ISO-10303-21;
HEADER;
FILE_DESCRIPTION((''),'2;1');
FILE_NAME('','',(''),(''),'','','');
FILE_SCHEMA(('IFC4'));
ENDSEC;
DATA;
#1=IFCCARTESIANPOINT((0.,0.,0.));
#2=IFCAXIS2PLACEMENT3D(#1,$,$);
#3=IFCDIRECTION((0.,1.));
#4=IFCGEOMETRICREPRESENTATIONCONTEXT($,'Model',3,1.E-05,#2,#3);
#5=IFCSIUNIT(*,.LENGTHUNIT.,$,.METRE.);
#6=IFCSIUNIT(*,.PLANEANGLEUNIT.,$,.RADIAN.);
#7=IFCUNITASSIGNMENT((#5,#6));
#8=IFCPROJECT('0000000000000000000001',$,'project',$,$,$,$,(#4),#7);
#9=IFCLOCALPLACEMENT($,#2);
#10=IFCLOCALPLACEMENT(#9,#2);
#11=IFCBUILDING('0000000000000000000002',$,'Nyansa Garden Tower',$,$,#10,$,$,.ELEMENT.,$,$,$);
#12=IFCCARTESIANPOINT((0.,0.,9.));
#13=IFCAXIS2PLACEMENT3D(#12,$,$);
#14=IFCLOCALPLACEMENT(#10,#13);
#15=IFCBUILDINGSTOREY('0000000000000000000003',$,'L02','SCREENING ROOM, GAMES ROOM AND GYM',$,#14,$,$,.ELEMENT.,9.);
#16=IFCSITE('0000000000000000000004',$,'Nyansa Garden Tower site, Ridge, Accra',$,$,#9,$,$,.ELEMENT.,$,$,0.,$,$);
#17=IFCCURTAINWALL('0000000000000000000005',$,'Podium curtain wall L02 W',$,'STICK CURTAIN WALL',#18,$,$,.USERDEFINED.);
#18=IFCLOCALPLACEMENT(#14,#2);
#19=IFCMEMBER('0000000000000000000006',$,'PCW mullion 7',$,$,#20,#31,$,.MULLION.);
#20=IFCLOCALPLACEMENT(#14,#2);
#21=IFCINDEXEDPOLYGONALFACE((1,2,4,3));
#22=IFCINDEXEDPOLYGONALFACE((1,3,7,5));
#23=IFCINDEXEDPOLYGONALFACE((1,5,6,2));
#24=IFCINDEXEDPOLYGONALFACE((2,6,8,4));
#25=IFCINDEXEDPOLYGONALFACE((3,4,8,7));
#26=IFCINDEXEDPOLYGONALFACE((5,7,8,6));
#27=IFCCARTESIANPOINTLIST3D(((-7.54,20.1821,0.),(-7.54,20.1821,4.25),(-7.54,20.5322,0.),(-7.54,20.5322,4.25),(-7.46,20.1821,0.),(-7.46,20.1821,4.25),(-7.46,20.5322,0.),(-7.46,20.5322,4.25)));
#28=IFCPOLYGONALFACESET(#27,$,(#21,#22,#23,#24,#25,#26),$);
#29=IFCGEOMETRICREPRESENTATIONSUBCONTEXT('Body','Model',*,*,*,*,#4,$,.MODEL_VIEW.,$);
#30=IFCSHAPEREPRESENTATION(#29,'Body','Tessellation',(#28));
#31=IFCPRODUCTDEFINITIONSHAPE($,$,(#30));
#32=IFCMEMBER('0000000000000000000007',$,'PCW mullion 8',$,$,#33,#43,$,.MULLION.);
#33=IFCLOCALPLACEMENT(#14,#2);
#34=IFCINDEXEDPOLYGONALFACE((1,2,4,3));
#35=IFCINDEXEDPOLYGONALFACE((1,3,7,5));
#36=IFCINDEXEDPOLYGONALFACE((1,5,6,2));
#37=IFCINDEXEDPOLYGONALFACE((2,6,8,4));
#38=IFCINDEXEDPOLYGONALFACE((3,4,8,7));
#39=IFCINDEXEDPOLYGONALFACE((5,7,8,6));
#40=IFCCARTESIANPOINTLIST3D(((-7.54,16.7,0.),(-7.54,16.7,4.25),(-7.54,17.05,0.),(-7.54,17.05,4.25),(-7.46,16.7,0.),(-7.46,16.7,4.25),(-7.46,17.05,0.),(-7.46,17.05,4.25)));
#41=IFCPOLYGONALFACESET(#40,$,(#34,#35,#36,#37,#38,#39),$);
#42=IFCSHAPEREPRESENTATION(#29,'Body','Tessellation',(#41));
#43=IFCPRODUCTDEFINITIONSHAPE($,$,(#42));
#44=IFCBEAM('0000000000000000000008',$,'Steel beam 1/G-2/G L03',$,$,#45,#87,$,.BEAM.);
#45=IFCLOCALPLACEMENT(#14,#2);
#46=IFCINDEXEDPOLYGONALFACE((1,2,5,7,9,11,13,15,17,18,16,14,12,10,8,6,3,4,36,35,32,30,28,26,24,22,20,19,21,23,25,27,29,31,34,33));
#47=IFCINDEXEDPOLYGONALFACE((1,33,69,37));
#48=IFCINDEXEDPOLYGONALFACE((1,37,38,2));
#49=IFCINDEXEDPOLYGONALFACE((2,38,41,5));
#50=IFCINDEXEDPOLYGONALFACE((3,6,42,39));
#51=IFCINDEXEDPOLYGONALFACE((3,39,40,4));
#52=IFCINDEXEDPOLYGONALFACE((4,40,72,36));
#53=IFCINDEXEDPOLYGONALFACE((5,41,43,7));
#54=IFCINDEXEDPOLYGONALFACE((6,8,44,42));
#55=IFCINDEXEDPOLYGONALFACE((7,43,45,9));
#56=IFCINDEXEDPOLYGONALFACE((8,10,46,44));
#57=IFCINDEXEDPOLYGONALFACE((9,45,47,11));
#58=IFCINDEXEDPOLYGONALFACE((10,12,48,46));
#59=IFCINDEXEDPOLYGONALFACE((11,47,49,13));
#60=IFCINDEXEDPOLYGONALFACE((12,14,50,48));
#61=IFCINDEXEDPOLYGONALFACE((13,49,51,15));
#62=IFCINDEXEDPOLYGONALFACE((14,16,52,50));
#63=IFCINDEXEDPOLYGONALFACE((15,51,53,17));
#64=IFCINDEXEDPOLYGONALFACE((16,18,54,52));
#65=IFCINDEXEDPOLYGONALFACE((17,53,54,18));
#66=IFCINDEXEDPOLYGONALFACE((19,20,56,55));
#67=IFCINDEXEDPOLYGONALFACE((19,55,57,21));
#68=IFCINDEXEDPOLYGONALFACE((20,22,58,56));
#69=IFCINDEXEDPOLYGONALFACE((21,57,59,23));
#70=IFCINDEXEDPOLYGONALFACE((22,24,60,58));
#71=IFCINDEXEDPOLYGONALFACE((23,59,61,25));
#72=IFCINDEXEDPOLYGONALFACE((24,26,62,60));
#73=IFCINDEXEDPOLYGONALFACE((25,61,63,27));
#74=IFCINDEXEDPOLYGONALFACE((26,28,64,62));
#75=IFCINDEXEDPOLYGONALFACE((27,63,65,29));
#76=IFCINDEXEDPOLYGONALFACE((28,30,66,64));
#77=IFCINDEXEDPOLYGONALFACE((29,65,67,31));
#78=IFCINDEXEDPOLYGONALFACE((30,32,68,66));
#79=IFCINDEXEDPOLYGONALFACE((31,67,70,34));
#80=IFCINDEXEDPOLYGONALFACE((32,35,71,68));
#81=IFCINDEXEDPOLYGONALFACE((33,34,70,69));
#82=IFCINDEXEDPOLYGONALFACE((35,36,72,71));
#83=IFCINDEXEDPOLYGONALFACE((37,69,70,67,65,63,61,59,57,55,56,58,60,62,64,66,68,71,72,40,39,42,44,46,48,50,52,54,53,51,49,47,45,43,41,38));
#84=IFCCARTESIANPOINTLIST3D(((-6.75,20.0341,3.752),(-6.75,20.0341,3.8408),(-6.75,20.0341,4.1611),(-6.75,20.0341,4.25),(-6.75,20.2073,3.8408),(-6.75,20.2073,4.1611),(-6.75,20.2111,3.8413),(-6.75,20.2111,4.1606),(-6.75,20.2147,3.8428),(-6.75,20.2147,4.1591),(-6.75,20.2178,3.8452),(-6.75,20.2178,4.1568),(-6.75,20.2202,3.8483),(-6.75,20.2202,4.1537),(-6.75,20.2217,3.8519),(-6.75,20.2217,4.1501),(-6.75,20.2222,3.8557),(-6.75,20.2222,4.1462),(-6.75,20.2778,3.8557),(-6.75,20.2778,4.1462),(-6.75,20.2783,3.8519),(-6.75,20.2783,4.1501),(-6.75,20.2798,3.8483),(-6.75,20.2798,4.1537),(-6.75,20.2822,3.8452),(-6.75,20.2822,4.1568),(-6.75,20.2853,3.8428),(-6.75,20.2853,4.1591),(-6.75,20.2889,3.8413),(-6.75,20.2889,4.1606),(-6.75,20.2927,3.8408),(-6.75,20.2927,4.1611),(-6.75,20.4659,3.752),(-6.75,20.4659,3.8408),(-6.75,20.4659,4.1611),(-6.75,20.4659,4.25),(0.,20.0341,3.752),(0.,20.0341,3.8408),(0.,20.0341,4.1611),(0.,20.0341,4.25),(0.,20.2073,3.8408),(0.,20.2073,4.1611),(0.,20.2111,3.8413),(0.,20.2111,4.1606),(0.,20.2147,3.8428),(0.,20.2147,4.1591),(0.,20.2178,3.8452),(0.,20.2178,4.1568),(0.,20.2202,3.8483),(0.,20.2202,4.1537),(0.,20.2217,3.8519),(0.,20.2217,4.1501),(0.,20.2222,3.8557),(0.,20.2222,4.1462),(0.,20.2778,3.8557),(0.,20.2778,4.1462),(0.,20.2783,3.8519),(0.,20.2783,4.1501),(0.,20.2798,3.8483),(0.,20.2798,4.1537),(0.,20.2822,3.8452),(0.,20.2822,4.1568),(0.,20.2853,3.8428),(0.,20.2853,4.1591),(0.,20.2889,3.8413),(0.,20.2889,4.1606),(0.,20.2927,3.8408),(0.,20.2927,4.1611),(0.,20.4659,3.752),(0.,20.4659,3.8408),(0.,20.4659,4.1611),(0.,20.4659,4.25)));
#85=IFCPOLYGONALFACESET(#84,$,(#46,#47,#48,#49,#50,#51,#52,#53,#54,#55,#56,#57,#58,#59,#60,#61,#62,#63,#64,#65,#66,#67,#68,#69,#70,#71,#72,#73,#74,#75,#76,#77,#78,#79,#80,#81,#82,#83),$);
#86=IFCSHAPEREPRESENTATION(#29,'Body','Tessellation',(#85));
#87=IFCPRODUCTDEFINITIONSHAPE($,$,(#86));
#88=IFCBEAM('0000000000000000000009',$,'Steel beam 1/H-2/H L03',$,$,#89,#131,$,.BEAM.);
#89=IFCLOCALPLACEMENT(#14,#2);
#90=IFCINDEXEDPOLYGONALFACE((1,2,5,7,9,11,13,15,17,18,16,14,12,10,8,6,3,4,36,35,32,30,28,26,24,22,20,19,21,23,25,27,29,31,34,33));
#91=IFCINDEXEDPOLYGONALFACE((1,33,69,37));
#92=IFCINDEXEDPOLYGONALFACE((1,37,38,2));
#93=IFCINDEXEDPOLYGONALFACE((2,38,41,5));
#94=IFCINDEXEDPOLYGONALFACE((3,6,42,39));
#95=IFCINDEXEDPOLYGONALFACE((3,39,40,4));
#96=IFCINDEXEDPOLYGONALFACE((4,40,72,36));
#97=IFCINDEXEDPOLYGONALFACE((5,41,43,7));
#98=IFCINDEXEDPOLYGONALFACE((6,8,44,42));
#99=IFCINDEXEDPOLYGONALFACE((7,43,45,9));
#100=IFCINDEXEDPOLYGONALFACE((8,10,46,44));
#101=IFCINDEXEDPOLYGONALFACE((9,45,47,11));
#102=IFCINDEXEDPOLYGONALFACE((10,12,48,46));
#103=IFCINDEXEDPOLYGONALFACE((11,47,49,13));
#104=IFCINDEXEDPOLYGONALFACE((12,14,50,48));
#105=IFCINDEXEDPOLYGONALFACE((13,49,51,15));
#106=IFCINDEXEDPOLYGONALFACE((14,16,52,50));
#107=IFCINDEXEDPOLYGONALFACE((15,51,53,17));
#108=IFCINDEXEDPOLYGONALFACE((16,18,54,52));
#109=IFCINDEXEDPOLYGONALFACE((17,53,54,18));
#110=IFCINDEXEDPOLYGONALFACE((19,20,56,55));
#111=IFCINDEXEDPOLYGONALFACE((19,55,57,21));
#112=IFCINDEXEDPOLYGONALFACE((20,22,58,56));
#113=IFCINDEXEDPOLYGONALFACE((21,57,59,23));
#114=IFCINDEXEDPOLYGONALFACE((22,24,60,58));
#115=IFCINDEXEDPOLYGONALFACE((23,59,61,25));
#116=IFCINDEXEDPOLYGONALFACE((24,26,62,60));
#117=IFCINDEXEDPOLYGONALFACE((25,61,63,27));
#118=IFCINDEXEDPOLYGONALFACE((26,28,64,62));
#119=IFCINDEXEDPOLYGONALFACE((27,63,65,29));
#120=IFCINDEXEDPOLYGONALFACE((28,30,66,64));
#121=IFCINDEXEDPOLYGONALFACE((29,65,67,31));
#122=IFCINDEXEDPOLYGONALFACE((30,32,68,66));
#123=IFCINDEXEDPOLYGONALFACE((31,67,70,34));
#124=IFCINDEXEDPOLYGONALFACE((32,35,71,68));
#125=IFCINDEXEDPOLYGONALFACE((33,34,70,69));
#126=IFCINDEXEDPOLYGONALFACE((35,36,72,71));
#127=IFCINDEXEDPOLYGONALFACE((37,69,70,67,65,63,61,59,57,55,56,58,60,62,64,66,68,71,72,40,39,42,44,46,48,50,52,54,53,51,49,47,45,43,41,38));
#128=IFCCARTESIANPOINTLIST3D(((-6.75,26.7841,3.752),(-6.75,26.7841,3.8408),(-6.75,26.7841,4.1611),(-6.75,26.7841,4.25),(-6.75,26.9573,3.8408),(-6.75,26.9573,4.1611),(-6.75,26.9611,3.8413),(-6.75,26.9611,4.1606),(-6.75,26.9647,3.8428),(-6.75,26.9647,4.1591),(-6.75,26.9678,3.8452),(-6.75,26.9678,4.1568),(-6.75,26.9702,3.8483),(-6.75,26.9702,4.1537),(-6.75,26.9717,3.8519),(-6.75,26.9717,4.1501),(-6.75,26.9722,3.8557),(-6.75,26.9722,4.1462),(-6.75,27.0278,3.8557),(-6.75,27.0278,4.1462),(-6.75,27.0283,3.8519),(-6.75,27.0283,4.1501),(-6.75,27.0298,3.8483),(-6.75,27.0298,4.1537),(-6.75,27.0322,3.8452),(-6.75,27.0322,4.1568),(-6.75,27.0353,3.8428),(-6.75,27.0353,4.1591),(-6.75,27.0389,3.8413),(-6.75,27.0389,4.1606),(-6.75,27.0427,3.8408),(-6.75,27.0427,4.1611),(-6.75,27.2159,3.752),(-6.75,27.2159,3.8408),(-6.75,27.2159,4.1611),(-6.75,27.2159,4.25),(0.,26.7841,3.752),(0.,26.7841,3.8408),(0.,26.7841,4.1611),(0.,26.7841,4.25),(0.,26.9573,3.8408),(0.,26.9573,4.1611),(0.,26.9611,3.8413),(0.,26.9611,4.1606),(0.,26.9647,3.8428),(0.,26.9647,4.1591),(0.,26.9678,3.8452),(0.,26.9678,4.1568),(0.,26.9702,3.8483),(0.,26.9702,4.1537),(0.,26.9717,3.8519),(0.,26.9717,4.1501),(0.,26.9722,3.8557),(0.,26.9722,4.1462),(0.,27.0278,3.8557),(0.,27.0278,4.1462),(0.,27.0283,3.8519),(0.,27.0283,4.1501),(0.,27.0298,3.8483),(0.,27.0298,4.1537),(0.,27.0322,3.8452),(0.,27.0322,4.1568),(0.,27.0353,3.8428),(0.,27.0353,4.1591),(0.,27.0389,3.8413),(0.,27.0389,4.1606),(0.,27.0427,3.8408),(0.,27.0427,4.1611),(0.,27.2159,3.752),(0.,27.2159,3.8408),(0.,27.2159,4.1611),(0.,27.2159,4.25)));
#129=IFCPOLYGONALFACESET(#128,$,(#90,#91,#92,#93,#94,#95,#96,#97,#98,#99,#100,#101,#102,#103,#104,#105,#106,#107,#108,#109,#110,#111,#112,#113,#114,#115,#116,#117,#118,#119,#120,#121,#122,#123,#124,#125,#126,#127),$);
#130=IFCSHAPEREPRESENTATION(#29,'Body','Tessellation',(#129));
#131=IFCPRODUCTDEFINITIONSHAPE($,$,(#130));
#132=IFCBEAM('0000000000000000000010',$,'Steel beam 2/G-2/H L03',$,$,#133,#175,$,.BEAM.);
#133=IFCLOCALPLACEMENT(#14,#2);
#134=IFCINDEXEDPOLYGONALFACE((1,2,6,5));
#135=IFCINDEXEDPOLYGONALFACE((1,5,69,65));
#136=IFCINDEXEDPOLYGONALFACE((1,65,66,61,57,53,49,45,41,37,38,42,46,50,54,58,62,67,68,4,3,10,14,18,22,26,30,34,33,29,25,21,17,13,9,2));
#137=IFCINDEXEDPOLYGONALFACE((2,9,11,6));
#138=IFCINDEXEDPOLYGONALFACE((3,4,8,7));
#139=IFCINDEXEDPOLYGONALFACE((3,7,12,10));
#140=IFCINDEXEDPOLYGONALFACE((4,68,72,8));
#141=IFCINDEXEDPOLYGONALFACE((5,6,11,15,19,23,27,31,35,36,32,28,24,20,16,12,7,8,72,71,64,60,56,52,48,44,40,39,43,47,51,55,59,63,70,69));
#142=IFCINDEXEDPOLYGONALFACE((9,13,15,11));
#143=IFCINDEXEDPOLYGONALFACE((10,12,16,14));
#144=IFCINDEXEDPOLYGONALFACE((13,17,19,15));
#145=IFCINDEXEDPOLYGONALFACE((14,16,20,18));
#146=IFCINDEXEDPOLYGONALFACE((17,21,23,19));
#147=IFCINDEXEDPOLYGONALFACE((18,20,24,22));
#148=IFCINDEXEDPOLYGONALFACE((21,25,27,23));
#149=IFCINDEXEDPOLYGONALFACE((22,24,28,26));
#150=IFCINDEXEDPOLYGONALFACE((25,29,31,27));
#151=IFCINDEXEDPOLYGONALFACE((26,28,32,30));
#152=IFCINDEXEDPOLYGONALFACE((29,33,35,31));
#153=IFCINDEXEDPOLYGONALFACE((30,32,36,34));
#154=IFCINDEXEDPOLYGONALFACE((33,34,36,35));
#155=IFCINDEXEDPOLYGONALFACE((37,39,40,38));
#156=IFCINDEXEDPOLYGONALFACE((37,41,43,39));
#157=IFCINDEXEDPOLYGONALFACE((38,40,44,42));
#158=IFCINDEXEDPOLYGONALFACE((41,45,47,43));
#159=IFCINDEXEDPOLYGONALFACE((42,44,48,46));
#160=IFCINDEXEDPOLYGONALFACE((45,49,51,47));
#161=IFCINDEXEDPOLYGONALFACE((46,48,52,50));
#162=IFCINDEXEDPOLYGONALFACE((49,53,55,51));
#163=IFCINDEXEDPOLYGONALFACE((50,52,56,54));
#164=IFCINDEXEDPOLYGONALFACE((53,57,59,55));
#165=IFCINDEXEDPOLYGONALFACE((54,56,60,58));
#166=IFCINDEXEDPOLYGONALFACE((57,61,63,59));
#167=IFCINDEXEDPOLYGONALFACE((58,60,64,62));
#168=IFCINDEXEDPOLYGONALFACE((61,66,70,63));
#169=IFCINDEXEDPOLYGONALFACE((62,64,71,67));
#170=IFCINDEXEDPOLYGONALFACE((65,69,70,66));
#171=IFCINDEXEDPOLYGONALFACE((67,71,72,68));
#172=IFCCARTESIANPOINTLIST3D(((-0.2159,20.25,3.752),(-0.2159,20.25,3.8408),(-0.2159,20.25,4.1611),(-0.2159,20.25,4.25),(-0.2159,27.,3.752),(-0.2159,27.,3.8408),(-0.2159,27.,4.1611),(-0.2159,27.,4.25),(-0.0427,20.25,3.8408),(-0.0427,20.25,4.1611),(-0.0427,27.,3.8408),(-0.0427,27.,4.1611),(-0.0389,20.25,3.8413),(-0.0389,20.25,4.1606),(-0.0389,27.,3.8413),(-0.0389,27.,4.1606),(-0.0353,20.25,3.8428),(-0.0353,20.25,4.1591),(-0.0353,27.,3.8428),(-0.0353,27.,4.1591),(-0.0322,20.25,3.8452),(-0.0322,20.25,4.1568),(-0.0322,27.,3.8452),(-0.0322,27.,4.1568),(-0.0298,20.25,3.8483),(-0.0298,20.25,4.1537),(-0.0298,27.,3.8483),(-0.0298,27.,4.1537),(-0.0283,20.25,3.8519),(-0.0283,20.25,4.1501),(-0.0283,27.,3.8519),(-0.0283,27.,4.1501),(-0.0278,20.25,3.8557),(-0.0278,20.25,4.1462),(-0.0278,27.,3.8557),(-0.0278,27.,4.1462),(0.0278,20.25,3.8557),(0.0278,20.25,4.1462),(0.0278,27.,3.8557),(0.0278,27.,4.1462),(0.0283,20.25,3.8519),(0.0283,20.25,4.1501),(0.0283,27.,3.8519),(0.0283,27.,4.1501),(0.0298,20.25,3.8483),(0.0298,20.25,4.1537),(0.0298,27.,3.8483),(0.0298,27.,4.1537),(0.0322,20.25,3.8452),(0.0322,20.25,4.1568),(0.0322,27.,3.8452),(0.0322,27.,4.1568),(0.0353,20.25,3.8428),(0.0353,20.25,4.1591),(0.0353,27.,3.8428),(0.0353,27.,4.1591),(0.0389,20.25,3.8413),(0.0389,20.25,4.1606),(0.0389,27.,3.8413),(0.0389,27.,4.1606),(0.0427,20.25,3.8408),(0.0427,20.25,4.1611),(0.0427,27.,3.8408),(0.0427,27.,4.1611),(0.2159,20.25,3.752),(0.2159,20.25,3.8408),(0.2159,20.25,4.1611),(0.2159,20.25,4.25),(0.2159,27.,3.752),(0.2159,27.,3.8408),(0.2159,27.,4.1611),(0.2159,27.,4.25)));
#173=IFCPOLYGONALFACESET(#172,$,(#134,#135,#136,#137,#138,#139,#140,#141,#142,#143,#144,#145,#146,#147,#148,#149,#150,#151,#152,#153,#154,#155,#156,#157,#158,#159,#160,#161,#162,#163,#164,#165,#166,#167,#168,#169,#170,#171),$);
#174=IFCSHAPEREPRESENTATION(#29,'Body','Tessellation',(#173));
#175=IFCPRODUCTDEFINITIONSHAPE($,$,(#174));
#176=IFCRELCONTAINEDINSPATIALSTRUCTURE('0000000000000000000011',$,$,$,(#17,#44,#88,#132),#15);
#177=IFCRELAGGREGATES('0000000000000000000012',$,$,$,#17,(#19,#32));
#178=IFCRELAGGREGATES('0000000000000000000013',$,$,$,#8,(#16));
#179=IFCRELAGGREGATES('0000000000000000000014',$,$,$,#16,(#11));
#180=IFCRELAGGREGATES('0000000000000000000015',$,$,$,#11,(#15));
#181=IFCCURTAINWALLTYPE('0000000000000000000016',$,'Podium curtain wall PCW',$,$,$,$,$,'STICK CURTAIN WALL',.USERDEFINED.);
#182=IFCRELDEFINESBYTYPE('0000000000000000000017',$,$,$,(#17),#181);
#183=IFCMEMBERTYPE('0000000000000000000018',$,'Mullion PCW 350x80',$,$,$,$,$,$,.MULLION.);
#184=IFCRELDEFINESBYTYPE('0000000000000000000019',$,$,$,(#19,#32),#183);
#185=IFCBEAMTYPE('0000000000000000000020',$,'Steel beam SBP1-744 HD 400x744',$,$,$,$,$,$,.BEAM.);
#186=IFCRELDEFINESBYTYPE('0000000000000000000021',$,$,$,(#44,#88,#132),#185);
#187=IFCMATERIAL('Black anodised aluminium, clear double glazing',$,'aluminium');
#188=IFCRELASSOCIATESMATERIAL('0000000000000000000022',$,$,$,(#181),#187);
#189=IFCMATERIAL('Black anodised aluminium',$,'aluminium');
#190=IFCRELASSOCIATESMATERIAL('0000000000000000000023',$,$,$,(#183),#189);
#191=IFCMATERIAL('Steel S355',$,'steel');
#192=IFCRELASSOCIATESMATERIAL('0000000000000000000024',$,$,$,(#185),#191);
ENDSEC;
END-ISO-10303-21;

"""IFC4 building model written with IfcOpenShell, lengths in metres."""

from ifc_helpers import new_model, si_unit, direction, frame, origin, origin_2d, place, context, subcontext, project, spatial, rectangle, i_section, extrude, material, material_profile, profile_set, type_object, element, aggregate, save


model = new_model("IFC4")

# Units and contexts
model_context = context("Model", 3, precision=1e-05, world=origin(), true_north=direction((0.0, 1.0)))
body_context = subcontext(model_context, "Body", "Model", "MODEL_VIEW")
ifc_project = project(units=[si_unit("LENGTHUNIT", "METRE"), si_unit("PLANEANGLEUNIT", "RADIAN")], contexts=[model_context])

# Site, building, storey
site_placement = place(None, origin())
site = spatial("IfcSite", under=ifc_project, at=site_placement, Name="Nyansa Garden Tower site, Ridge, Accra", CompositionType="ELEMENT", RefElevation=0.0)
building_placement = place(site_placement, origin())
building = spatial("IfcBuilding", under=site, at=building_placement, Name="Nyansa Garden Tower", CompositionType="ELEMENT")
storey_placement = place(building_placement, frame((0.0, 0.0, 9.0)))
storey = spatial("IfcBuildingStorey", under=building, at=storey_placement, Name="L02", Description="SCREENING ROOM, GAMES ROOM AND GYM", CompositionType="ELEMENT", Elevation=9.0)

# Curtain wall, members
ifc_material_1 = material(Name="Black anodised aluminium, clear double glazing", Category="aluminium")
curtain_wall_type = type_object("IfcCurtainWallType", Name="Podium curtain wall PCW", ElementType="STICK CURTAIN WALL", PredefinedType="USERDEFINED", material=ifc_material_1)
curtain_wall_placement = place(storey_placement, origin())
curtain_wall = element("IfcCurtainWall", 1, at=curtain_wall_placement, inside=storey, type_object=curtain_wall_type, Name="Podium curtain wall L02 W", ObjectType="STICK CURTAIN WALL", PredefinedType="USERDEFINED")
ifc_material_2 = material(Name="Black anodised aluminium", Category="aluminium")
ifc_material_profile_1 = material_profile(ifc_material_2, rectangle(XDim=0.0801, YDim=0.3501, at=origin_2d()), Name="Mullion 350x80")
ifc_profile_set_1 = profile_set([ifc_material_profile_1], Name="Black anodised aluminium")
member_type_1 = type_object("IfcMemberType", Name="Mullion PCW 350x80", PredefinedType="MULLION", material=ifc_profile_set_1)
member_1_placement = place(storey_placement, frame((-7.5, 20.3572, 0.0), z_axis=(0.0, 0.0, 1.0), x_axis=(1.0, 0.0, 0.0)))
member_1 = element("IfcMember", 2, at=member_1_placement, type_object=member_type_1, Name="PCW mullion 7", PredefinedType="MULLION", context=body_context, shape_type="SweptSolid", body=[
    extrude(rectangle(XDim=0.0801, YDim=0.3501, at=origin_2d()), origin(), (0.0, 0.0, 1.0), 4.25),
])
member_2_placement = place(storey_placement, frame((-7.5, 16.875, 0.0), z_axis=(0.0, 0.0, 1.0), x_axis=(1.0, 0.0, 0.0)))
member_2 = element("IfcMember", 3, at=member_2_placement, type_object=member_type_1, Name="PCW mullion 8", PredefinedType="MULLION", context=body_context, shape_type="SweptSolid", body=[
    extrude(rectangle(XDim=0.0801, YDim=0.3501, at=origin_2d()), origin(), (0.0, 0.0, 1.0), 4.25),
])

# Beams
ifc_material_3 = material(Name="Steel S355", Category="steel")
ifc_material_profile_2 = material_profile(ifc_material_3, i_section(OverallWidth=0.4319, OverallDepth=0.498, WebThickness=0.0557, FlangeThickness=0.0889, FilletRadius=0.0149, at=origin_2d()), Name="HD 400x744")
ifc_profile_set_2 = profile_set([ifc_material_profile_2], Name="Steel S355")
beam_type_1 = type_object("IfcBeamType", Name="Steel beam SBP1-744 HD 400x744", PredefinedType="BEAM", material=ifc_profile_set_2)
for number, where, z_axis, x_axis, name in (
    (4, (-6.75, 20.25, 4.001), (1.0, 0.0, 0.0), (0.0, 1.0, 0.0), "Steel beam 1/G-2/G L03"),
    (5, (-6.75, 27.0, 4.001), (1.0, 0.0, 0.0), (0.0, 1.0, 0.0), "Steel beam 1/H-2/H L03"),
    (6, (0.0, 20.25, 4.001), (0.0, 1.0, 0.0), (-1.0, 0.0, 0.0), "Steel beam 2/G-2/H L03"),
):
    element("IfcBeam", number, at=place(storey_placement, frame(where, z_axis=z_axis, x_axis=x_axis)), inside=storey, type_object=beam_type_1, Name=name, PredefinedType="BEAM", context=body_context, shape_type="SweptSolid", body=[
        extrude(i_section(OverallWidth=0.4319, OverallDepth=0.498, WebThickness=0.0557, FlangeThickness=0.0889, FilletRadius=0.0149, at=origin_2d()), origin(), (0.0, 0.0, 1.0), 6.75),
    ])

aggregate(curtain_wall, [member_1, member_2])

save(model, "model.ifc")
